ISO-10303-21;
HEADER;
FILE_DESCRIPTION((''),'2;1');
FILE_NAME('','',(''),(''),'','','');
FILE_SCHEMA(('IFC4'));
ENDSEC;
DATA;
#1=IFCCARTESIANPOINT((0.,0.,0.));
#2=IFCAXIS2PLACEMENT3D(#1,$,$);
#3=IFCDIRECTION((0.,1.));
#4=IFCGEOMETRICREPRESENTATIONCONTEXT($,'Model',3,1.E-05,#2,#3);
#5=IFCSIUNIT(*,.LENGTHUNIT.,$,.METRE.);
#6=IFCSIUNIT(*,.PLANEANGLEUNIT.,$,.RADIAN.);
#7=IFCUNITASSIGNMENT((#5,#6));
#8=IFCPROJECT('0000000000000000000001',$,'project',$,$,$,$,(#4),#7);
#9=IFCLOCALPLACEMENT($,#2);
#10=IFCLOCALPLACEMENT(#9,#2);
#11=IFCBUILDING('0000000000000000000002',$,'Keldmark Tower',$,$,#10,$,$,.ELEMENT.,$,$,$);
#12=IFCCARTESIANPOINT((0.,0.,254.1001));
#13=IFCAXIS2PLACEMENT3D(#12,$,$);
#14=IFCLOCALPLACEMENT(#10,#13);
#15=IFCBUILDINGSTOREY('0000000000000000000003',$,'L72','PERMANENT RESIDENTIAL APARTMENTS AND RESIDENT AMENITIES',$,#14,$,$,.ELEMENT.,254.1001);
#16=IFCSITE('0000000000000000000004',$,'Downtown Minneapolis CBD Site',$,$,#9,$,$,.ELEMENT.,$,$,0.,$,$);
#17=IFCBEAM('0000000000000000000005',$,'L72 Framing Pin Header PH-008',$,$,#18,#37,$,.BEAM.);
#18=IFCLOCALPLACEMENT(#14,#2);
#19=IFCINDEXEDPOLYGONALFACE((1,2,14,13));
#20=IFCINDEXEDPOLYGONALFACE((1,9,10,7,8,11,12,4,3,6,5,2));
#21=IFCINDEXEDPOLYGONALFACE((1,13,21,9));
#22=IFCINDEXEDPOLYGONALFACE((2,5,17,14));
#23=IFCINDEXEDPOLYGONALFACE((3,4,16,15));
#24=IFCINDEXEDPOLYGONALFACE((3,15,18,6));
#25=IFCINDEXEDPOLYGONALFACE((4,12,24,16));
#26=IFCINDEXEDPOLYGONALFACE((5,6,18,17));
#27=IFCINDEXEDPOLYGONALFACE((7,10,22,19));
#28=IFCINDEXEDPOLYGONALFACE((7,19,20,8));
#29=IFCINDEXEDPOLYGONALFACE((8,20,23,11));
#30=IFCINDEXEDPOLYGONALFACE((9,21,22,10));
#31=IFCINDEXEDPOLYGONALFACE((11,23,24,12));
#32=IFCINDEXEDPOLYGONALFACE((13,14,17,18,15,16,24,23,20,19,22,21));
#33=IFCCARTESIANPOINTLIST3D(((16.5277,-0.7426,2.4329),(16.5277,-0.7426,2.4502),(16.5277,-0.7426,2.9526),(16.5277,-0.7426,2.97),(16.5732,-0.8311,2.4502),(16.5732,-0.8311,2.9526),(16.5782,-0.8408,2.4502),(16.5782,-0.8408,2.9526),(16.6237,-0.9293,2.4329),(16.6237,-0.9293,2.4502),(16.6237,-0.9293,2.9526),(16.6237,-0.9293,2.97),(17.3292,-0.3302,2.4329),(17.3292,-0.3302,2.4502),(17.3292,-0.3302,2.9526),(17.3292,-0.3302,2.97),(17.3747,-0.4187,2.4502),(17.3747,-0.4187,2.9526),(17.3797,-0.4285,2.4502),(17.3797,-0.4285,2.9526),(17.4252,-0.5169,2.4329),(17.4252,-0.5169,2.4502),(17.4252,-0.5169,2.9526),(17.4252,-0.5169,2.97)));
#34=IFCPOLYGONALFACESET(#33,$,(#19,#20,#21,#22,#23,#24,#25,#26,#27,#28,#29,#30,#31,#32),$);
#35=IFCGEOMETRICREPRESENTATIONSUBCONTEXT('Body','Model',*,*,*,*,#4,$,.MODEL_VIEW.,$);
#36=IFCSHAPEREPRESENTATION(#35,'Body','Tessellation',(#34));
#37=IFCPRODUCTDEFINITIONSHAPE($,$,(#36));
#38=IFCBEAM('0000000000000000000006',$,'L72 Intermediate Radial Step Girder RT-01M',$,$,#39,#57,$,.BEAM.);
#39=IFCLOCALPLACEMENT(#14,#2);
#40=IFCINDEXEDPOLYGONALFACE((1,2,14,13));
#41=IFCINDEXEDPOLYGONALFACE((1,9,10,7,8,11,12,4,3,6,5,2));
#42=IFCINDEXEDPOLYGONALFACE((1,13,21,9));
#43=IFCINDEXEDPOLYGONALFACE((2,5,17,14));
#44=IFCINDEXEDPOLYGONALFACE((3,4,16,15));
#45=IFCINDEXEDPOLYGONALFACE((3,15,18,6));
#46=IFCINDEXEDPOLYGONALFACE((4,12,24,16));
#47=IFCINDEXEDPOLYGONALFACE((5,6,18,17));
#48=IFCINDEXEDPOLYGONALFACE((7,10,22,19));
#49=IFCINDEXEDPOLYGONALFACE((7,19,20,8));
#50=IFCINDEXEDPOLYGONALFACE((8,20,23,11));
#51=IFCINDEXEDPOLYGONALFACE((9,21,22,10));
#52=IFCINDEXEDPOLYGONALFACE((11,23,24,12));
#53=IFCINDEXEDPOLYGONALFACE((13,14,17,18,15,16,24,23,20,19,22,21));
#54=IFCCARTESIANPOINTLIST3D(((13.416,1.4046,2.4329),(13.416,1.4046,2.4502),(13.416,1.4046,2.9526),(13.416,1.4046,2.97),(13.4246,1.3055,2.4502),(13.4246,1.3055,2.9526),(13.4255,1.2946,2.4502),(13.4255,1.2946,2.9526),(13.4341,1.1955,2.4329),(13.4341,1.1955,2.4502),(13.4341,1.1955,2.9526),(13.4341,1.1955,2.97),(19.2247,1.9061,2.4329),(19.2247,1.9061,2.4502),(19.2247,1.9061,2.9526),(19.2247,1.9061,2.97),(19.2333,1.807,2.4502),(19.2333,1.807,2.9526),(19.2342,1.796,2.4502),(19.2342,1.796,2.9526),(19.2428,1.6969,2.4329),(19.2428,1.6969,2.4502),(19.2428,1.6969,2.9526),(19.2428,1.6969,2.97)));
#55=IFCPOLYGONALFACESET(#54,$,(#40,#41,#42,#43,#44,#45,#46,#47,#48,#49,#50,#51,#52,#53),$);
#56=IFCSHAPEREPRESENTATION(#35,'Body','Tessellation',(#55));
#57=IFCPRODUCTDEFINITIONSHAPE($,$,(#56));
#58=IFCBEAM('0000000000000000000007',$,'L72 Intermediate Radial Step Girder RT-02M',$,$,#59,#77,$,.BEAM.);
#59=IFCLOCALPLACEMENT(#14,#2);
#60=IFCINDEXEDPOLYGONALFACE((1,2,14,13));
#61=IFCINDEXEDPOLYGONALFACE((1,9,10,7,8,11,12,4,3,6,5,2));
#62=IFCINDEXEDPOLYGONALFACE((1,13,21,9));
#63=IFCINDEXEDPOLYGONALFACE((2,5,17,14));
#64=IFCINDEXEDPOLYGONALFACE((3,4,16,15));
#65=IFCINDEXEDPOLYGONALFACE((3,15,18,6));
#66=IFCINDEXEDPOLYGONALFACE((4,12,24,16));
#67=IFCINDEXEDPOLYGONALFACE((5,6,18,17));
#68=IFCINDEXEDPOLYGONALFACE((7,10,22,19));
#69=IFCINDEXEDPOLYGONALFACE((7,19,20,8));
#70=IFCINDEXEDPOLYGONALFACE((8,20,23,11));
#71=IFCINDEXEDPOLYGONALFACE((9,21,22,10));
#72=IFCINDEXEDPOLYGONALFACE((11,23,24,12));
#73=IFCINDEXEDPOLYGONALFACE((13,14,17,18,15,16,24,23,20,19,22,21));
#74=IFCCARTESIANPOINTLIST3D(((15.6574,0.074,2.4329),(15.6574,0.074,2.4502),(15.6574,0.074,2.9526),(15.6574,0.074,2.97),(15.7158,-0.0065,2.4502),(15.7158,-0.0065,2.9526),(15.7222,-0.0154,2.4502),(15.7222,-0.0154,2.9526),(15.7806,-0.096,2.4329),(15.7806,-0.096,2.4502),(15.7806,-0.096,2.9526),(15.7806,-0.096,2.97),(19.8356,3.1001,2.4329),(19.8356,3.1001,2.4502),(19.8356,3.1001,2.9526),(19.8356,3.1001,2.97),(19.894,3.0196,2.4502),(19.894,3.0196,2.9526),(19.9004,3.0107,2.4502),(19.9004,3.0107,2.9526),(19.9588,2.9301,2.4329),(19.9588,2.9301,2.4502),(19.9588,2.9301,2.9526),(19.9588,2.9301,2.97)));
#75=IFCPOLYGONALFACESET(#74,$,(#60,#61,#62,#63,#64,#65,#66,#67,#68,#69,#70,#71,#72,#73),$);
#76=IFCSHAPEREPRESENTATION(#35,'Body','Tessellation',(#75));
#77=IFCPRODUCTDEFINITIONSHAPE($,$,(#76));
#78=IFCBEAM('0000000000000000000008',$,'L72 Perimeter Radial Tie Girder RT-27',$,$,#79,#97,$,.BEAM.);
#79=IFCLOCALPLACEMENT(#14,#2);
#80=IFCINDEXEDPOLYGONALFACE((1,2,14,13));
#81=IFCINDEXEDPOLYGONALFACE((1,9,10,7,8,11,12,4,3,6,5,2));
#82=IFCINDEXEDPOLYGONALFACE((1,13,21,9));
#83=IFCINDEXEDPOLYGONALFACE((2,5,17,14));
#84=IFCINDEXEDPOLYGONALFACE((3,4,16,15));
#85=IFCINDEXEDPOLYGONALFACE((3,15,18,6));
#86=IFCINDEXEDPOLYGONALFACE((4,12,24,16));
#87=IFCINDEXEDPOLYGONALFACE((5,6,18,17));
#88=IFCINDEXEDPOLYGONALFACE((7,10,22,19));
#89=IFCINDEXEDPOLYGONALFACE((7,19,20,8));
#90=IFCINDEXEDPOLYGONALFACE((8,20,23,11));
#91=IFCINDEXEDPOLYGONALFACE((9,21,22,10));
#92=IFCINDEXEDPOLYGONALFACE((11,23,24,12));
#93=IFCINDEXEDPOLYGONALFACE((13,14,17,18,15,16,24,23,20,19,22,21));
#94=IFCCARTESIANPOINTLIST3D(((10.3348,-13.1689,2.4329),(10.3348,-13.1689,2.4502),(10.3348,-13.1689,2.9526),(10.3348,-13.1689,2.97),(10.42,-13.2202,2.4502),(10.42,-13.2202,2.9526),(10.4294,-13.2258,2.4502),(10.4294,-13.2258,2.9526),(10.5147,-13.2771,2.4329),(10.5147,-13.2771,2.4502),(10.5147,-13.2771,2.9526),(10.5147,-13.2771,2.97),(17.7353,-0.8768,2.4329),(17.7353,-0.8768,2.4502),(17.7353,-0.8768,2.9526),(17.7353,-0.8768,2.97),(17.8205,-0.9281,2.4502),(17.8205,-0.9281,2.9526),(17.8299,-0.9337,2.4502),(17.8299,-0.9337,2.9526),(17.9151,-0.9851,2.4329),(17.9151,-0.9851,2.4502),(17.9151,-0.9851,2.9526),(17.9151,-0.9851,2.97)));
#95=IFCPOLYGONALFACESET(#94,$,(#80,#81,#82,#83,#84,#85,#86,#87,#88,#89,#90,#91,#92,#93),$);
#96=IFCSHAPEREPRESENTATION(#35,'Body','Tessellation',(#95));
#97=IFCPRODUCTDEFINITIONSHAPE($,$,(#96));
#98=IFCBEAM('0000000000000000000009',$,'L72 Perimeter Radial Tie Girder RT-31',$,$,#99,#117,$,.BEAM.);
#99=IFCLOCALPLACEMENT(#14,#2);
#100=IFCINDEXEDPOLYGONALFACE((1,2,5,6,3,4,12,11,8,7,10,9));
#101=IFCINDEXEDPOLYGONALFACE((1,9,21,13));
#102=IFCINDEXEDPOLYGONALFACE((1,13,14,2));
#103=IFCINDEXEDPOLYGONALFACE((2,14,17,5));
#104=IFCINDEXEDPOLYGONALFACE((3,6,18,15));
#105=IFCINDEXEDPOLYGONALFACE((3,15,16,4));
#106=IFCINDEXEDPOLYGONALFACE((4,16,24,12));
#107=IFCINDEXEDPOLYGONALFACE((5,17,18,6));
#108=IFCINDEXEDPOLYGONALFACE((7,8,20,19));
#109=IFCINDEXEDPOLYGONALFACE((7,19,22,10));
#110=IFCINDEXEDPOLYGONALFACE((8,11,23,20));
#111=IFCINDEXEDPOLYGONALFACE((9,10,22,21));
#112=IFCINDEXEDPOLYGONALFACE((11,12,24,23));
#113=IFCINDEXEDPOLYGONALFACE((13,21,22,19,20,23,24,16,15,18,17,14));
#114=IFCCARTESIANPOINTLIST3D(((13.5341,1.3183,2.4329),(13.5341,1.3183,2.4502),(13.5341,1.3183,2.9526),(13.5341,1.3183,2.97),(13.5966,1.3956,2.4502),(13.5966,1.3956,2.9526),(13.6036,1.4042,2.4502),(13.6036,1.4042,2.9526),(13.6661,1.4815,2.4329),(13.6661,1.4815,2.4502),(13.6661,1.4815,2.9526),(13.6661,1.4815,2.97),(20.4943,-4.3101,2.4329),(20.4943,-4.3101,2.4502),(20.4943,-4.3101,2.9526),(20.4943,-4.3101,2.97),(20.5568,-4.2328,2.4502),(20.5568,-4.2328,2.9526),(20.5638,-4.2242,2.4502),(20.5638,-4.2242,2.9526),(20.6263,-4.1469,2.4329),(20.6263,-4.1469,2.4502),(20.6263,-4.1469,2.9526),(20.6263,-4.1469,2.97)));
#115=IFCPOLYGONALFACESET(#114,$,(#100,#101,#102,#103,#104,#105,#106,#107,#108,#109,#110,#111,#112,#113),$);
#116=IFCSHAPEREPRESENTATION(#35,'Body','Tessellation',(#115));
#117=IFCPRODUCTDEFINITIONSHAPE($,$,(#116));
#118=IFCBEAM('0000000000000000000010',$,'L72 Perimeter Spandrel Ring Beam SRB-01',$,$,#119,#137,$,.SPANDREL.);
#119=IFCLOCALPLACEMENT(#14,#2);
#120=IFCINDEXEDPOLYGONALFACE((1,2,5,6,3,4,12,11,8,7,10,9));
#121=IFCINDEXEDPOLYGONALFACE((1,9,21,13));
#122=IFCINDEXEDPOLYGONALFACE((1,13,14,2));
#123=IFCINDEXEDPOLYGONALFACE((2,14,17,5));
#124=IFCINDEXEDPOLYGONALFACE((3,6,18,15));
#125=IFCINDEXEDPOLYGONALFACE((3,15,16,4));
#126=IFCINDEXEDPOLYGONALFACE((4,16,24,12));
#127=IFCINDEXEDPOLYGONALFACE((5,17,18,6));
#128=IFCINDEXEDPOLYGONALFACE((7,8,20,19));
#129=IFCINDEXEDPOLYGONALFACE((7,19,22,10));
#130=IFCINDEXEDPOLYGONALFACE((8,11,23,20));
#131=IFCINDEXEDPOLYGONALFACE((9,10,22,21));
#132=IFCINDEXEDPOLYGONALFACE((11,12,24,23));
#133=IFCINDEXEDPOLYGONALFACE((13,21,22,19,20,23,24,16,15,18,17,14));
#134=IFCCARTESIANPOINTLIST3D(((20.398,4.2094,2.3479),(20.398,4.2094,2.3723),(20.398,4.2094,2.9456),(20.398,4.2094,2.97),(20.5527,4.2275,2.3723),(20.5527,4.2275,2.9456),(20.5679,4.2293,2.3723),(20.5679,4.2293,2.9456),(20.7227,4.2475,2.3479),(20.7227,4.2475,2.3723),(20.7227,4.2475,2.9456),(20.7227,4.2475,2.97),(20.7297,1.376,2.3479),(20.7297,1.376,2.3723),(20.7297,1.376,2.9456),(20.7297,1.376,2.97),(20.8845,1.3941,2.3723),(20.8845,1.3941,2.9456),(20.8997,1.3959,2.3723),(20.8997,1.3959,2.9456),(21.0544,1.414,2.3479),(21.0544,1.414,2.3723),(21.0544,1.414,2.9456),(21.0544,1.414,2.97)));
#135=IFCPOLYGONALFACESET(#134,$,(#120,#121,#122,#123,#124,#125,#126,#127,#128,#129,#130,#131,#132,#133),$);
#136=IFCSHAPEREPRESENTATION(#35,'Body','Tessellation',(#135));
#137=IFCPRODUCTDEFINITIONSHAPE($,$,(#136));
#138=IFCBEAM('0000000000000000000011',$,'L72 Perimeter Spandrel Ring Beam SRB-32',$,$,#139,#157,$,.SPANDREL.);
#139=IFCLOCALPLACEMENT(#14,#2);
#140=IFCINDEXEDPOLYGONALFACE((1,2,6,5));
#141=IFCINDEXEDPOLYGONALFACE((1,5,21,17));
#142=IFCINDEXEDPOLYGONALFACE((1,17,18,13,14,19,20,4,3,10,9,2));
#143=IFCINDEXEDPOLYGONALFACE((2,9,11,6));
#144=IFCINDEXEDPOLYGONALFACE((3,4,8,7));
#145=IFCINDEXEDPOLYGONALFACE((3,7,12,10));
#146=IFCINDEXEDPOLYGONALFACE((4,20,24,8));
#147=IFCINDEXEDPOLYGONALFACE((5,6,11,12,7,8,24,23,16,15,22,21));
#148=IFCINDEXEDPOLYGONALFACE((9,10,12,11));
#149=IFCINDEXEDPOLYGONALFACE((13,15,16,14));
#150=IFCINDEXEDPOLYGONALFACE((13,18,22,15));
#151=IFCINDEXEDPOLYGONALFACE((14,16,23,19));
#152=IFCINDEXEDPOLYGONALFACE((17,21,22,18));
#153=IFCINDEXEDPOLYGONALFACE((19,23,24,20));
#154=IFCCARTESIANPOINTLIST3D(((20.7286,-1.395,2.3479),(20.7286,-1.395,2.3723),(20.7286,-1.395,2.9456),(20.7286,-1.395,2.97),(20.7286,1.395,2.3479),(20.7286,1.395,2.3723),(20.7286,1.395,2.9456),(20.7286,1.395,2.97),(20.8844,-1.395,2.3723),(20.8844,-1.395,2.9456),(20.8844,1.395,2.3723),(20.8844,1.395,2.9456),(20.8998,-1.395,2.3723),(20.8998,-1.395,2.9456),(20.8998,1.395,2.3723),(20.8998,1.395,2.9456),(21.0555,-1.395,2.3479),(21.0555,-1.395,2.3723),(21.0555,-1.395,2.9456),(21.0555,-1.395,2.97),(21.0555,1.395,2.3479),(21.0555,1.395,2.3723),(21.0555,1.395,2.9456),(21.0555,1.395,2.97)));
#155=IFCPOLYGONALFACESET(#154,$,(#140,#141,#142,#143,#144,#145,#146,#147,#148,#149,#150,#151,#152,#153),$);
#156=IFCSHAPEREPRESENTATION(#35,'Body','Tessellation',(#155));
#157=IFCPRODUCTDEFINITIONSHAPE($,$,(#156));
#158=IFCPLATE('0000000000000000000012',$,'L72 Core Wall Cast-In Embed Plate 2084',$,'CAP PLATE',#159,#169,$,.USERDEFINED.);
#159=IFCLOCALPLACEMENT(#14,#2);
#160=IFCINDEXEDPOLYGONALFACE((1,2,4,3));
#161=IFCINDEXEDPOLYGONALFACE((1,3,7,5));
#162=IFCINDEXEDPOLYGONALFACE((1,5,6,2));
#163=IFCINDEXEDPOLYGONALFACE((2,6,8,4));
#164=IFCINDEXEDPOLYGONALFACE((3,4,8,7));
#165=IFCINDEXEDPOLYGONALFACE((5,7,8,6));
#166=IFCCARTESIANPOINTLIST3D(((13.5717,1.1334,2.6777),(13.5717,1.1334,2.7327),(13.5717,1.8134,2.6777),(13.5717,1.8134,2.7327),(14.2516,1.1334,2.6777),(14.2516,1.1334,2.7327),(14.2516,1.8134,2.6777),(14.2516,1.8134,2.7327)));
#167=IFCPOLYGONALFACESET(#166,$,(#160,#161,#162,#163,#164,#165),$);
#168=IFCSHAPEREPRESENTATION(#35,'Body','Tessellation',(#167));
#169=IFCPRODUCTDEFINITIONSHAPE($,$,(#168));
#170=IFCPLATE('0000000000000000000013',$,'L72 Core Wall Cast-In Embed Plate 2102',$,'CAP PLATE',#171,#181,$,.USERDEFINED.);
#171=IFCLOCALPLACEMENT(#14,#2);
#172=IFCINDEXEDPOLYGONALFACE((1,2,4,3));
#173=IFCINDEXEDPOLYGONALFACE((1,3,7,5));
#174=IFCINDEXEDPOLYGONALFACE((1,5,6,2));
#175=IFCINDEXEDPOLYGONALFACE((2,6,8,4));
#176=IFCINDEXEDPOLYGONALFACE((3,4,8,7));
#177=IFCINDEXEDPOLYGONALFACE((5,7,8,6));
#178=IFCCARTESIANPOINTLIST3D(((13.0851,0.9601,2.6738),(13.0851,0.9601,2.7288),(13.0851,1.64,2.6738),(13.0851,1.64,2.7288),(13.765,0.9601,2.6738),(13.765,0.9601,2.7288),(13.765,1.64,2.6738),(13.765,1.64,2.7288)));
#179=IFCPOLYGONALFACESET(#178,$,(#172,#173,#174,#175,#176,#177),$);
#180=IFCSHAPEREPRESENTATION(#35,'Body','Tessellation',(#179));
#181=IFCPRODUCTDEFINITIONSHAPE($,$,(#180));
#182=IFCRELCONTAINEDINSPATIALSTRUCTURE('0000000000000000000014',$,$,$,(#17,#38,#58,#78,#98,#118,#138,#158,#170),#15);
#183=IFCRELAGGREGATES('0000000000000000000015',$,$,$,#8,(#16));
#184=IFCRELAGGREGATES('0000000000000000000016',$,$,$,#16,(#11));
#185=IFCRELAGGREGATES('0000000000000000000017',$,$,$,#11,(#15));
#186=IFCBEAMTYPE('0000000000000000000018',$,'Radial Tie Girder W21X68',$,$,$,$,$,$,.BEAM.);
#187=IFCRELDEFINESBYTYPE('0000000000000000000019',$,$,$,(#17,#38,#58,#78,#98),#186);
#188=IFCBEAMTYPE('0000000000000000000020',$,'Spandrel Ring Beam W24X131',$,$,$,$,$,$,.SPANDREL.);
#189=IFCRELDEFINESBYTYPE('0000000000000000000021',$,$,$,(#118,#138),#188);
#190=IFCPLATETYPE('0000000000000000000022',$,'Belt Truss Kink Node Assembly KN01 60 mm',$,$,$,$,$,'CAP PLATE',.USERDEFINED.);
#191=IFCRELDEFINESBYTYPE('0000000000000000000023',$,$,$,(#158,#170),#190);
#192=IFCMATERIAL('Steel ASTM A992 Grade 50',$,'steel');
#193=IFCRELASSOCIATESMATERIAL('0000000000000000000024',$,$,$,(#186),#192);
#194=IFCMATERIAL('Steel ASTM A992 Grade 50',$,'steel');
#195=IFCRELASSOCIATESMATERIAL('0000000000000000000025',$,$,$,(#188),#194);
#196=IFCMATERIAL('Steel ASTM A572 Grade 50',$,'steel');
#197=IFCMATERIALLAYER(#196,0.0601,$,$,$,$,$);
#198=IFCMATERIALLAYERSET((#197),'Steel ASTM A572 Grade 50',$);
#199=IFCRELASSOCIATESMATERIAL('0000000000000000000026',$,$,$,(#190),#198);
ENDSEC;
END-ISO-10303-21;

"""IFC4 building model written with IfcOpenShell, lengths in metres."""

from ifc_helpers import new_model, si_unit, direction, frame, origin, origin_2d, place, context, subcontext, project, spatial, rectangle, i_section, extrude, material, layer, layer_set, material_profile, profile_set, type_object, element, save


model = new_model("IFC4")

# Units and contexts
model_context = context("Model", 3, precision=1e-05, world=origin(), true_north=direction((0.0, 1.0)))
body_context = subcontext(model_context, "Body", "Model", "MODEL_VIEW")
ifc_project = project(units=[si_unit("LENGTHUNIT", "METRE"), si_unit("PLANEANGLEUNIT", "RADIAN")], contexts=[model_context])

# Site, building, storey
site_placement = place(None, origin())
site = spatial("IfcSite", under=ifc_project, at=site_placement, Name="Downtown Minneapolis CBD Site", CompositionType="ELEMENT", RefElevation=0.0)
building_placement = place(site_placement, origin())
building = spatial("IfcBuilding", under=site, at=building_placement, Name="Keldmark Tower", CompositionType="ELEMENT")
storey_placement = place(building_placement, frame((0.0, 0.0, 254.1001)))
storey = spatial("IfcBuildingStorey", under=building, at=storey_placement, Name="L72", Description="PERMANENT RESIDENTIAL APARTMENTS AND RESIDENT AMENITIES", CompositionType="ELEMENT", Elevation=254.1001)

# Beams
ifc_material_1 = material(Name="Steel ASTM A992 Grade 50", Category="steel")
ifc_material_profile_1 = material_profile(ifc_material_1, i_section(OverallWidth=0.21, OverallDepth=0.5371, WebThickness=0.011, FlangeThickness=0.0173, at=origin_2d()), Name="W21X68")
ifc_profile_set_1 = profile_set([ifc_material_profile_1], Name="Steel ASTM A992 Grade 50")
beam_type_1 = type_object("IfcBeamType", Name="Radial Tie Girder W21X68", PredefinedType="BEAM", material=ifc_profile_set_1)
beam_1_placement = place(storey_placement, frame((16.5757, -0.8359, 2.7014), z_axis=(0.889222, 0.457477, 0.0), x_axis=(-0.457477, 0.889222, 0.0)))
element("IfcBeam", 1, at=beam_1_placement, inside=storey, type_object=beam_type_1, Name="L72 Framing Pin Header PH-008", PredefinedType="BEAM", context=body_context, shape_type="SweptSolid", body=[
    extrude(i_section(OverallWidth=0.21, OverallDepth=0.5371, WebThickness=0.011, FlangeThickness=0.0173, at=origin_2d()), origin(), (0.0, 0.0, 1.0), 0.9014),
])
beam_2_placement = place(storey_placement, frame((13.425, 1.3, 2.7014), z_axis=(0.996294, 0.086008, 0.0), x_axis=(-0.086008, 0.996294, 0.0)))
element("IfcBeam", 2, at=beam_2_placement, inside=storey, type_object=beam_type_1, Name="L72 Intermediate Radial Step Girder RT-01M", PredefinedType="BEAM", context=body_context, shape_type="SweptSolid", body=[
    extrude(i_section(OverallWidth=0.21, OverallDepth=0.5371, WebThickness=0.011, FlangeThickness=0.0173, at=origin_2d()), origin(), (0.0, 0.0, 1.0), 5.8303),
])
beam_3_placement = place(storey_placement, frame((15.719, -0.011, 2.7014), z_axis=(0.809895, 0.586575, 0.0), x_axis=(-0.586575, 0.809895, 0.0)))
element("IfcBeam", 3, at=beam_3_placement, inside=storey, type_object=beam_type_1, Name="L72 Intermediate Radial Step Girder RT-02M", PredefinedType="BEAM", context=body_context, shape_type="SweptSolid", body=[
    extrude(i_section(OverallWidth=0.21, OverallDepth=0.5371, WebThickness=0.011, FlangeThickness=0.0173, at=origin_2d()), origin(), (0.0, 0.0, 1.0), 5.1589),
])
beam_4_placement = place(storey_placement, frame((17.8252, -0.9309, 2.7014), z_axis=(-0.515786, -0.856717, 0.0), x_axis=(0.856717, -0.515786, 0.0)))
element("IfcBeam", 4, at=beam_4_placement, inside=storey, type_object=beam_type_1, Name="L72 Perimeter Radial Tie Girder RT-27", PredefinedType="BEAM", context=body_context, shape_type="SweptSolid", body=[
    extrude(i_section(OverallWidth=0.21, OverallDepth=0.5371, WebThickness=0.011, FlangeThickness=0.0173, at=origin_2d()), origin(), (0.0, 0.0, 1.0), 14.3479),
])
beam_5_placement = place(storey_placement, frame((13.6001, 1.3999, 2.7014), z_axis=(0.777574, -0.628791, 0.0), x_axis=(0.628791, 0.777574, 0.0)))
element("IfcBeam", 5, at=beam_5_placement, inside=storey, type_object=beam_type_1, Name="L72 Perimeter Radial Tie Girder RT-31", PredefinedType="BEAM", context=body_context, shape_type="SweptSolid", body=[
    extrude(i_section(OverallWidth=0.21, OverallDepth=0.5371, WebThickness=0.011, FlangeThickness=0.0173, at=origin_2d()), origin(), (0.0, 0.0, 1.0), 8.9512),
])
ifc_material_2 = material(Name="Steel ASTM A992 Grade 50", Category="steel")
ifc_material_profile_2 = material_profile(ifc_material_2, i_section(OverallWidth=0.3269, OverallDepth=0.6221, WebThickness=0.0154, FlangeThickness=0.0244, at=origin_2d()), Name="W24X131")
ifc_profile_set_2 = profile_set([ifc_material_profile_2], Name="Steel ASTM A992 Grade 50")
beam_type_2 = type_object("IfcBeamType", Name="Spandrel Ring Beam W24X131", PredefinedType="SPANDREL", material=ifc_profile_set_2)
beam_6_placement = place(storey_placement, frame((20.8921, 1.395, 2.6589), z_axis=(-0.1163, 0.993214, 0.0), x_axis=(-0.993214, -0.1163, 0.0)))
element("IfcBeam", 6, at=beam_6_placement, inside=storey, type_object=beam_type_2, Name="L72 Perimeter Spandrel Ring Beam SRB-01", PredefinedType="SPANDREL", context=body_context, shape_type="SweptSolid", body=[
    extrude(i_section(OverallWidth=0.3269, OverallDepth=0.6221, WebThickness=0.0154, FlangeThickness=0.0244, at=origin_2d()), origin(), (0.0, 0.0, 1.0), 2.8528),
])
beam_7_placement = place(storey_placement, frame((20.8921, -1.395, 2.6589), z_axis=(0.0, 1.0, 0.0), x_axis=(-1.0, 0.0, 0.0)))
element("IfcBeam", 7, at=beam_7_placement, inside=storey, type_object=beam_type_2, Name="L72 Perimeter Spandrel Ring Beam SRB-32", PredefinedType="SPANDREL", context=body_context, shape_type="SweptSolid", body=[
    extrude(i_section(OverallWidth=0.3269, OverallDepth=0.6221, WebThickness=0.0154, FlangeThickness=0.0244, at=origin_2d()), origin(), (0.0, 0.0, 1.0), 2.79),
])

# Plates
ifc_material_3 = material(Name="Steel ASTM A572 Grade 50", Category="steel")
ifc_layer_1 = layer(ifc_material_3, 0.0601)
ifc_layer_set_1 = layer_set([ifc_layer_1], Name="Steel ASTM A572 Grade 50")
plate_type_1 = type_object("IfcPlateType", Name="Belt Truss Kink Node Assembly KN01 60 mm", ElementType="CAP PLATE", PredefinedType="USERDEFINED", material=ifc_layer_set_1)
for number, where, z_axis, x_axis, name in (
    (8, (13.9116, 1.4734, 2.6777), (0.0, 0.0, 1.0), (1.0, 0.0, 0.0), "L72 Core Wall Cast-In Embed Plate 2084"),
    (9, (13.425, 1.3, 2.6738), (0.0, 0.0, 1.0), (1.0, 0.0, 0.0), "L72 Core Wall Cast-In Embed Plate 2102"),
):
    element("IfcPlate", number, at=place(storey_placement, frame(where, z_axis=z_axis, x_axis=x_axis)), inside=storey, type_object=plate_type_1, Name=name, ObjectType="CAP PLATE", PredefinedType="USERDEFINED", context=body_context, shape_type="SweptSolid", body=[
        extrude(rectangle(XDim=0.6799, YDim=0.6799, at=origin_2d()), origin(), (0.0, 0.0, 1.0), 0.0549),
    ])

save(model, "model.ifc")
